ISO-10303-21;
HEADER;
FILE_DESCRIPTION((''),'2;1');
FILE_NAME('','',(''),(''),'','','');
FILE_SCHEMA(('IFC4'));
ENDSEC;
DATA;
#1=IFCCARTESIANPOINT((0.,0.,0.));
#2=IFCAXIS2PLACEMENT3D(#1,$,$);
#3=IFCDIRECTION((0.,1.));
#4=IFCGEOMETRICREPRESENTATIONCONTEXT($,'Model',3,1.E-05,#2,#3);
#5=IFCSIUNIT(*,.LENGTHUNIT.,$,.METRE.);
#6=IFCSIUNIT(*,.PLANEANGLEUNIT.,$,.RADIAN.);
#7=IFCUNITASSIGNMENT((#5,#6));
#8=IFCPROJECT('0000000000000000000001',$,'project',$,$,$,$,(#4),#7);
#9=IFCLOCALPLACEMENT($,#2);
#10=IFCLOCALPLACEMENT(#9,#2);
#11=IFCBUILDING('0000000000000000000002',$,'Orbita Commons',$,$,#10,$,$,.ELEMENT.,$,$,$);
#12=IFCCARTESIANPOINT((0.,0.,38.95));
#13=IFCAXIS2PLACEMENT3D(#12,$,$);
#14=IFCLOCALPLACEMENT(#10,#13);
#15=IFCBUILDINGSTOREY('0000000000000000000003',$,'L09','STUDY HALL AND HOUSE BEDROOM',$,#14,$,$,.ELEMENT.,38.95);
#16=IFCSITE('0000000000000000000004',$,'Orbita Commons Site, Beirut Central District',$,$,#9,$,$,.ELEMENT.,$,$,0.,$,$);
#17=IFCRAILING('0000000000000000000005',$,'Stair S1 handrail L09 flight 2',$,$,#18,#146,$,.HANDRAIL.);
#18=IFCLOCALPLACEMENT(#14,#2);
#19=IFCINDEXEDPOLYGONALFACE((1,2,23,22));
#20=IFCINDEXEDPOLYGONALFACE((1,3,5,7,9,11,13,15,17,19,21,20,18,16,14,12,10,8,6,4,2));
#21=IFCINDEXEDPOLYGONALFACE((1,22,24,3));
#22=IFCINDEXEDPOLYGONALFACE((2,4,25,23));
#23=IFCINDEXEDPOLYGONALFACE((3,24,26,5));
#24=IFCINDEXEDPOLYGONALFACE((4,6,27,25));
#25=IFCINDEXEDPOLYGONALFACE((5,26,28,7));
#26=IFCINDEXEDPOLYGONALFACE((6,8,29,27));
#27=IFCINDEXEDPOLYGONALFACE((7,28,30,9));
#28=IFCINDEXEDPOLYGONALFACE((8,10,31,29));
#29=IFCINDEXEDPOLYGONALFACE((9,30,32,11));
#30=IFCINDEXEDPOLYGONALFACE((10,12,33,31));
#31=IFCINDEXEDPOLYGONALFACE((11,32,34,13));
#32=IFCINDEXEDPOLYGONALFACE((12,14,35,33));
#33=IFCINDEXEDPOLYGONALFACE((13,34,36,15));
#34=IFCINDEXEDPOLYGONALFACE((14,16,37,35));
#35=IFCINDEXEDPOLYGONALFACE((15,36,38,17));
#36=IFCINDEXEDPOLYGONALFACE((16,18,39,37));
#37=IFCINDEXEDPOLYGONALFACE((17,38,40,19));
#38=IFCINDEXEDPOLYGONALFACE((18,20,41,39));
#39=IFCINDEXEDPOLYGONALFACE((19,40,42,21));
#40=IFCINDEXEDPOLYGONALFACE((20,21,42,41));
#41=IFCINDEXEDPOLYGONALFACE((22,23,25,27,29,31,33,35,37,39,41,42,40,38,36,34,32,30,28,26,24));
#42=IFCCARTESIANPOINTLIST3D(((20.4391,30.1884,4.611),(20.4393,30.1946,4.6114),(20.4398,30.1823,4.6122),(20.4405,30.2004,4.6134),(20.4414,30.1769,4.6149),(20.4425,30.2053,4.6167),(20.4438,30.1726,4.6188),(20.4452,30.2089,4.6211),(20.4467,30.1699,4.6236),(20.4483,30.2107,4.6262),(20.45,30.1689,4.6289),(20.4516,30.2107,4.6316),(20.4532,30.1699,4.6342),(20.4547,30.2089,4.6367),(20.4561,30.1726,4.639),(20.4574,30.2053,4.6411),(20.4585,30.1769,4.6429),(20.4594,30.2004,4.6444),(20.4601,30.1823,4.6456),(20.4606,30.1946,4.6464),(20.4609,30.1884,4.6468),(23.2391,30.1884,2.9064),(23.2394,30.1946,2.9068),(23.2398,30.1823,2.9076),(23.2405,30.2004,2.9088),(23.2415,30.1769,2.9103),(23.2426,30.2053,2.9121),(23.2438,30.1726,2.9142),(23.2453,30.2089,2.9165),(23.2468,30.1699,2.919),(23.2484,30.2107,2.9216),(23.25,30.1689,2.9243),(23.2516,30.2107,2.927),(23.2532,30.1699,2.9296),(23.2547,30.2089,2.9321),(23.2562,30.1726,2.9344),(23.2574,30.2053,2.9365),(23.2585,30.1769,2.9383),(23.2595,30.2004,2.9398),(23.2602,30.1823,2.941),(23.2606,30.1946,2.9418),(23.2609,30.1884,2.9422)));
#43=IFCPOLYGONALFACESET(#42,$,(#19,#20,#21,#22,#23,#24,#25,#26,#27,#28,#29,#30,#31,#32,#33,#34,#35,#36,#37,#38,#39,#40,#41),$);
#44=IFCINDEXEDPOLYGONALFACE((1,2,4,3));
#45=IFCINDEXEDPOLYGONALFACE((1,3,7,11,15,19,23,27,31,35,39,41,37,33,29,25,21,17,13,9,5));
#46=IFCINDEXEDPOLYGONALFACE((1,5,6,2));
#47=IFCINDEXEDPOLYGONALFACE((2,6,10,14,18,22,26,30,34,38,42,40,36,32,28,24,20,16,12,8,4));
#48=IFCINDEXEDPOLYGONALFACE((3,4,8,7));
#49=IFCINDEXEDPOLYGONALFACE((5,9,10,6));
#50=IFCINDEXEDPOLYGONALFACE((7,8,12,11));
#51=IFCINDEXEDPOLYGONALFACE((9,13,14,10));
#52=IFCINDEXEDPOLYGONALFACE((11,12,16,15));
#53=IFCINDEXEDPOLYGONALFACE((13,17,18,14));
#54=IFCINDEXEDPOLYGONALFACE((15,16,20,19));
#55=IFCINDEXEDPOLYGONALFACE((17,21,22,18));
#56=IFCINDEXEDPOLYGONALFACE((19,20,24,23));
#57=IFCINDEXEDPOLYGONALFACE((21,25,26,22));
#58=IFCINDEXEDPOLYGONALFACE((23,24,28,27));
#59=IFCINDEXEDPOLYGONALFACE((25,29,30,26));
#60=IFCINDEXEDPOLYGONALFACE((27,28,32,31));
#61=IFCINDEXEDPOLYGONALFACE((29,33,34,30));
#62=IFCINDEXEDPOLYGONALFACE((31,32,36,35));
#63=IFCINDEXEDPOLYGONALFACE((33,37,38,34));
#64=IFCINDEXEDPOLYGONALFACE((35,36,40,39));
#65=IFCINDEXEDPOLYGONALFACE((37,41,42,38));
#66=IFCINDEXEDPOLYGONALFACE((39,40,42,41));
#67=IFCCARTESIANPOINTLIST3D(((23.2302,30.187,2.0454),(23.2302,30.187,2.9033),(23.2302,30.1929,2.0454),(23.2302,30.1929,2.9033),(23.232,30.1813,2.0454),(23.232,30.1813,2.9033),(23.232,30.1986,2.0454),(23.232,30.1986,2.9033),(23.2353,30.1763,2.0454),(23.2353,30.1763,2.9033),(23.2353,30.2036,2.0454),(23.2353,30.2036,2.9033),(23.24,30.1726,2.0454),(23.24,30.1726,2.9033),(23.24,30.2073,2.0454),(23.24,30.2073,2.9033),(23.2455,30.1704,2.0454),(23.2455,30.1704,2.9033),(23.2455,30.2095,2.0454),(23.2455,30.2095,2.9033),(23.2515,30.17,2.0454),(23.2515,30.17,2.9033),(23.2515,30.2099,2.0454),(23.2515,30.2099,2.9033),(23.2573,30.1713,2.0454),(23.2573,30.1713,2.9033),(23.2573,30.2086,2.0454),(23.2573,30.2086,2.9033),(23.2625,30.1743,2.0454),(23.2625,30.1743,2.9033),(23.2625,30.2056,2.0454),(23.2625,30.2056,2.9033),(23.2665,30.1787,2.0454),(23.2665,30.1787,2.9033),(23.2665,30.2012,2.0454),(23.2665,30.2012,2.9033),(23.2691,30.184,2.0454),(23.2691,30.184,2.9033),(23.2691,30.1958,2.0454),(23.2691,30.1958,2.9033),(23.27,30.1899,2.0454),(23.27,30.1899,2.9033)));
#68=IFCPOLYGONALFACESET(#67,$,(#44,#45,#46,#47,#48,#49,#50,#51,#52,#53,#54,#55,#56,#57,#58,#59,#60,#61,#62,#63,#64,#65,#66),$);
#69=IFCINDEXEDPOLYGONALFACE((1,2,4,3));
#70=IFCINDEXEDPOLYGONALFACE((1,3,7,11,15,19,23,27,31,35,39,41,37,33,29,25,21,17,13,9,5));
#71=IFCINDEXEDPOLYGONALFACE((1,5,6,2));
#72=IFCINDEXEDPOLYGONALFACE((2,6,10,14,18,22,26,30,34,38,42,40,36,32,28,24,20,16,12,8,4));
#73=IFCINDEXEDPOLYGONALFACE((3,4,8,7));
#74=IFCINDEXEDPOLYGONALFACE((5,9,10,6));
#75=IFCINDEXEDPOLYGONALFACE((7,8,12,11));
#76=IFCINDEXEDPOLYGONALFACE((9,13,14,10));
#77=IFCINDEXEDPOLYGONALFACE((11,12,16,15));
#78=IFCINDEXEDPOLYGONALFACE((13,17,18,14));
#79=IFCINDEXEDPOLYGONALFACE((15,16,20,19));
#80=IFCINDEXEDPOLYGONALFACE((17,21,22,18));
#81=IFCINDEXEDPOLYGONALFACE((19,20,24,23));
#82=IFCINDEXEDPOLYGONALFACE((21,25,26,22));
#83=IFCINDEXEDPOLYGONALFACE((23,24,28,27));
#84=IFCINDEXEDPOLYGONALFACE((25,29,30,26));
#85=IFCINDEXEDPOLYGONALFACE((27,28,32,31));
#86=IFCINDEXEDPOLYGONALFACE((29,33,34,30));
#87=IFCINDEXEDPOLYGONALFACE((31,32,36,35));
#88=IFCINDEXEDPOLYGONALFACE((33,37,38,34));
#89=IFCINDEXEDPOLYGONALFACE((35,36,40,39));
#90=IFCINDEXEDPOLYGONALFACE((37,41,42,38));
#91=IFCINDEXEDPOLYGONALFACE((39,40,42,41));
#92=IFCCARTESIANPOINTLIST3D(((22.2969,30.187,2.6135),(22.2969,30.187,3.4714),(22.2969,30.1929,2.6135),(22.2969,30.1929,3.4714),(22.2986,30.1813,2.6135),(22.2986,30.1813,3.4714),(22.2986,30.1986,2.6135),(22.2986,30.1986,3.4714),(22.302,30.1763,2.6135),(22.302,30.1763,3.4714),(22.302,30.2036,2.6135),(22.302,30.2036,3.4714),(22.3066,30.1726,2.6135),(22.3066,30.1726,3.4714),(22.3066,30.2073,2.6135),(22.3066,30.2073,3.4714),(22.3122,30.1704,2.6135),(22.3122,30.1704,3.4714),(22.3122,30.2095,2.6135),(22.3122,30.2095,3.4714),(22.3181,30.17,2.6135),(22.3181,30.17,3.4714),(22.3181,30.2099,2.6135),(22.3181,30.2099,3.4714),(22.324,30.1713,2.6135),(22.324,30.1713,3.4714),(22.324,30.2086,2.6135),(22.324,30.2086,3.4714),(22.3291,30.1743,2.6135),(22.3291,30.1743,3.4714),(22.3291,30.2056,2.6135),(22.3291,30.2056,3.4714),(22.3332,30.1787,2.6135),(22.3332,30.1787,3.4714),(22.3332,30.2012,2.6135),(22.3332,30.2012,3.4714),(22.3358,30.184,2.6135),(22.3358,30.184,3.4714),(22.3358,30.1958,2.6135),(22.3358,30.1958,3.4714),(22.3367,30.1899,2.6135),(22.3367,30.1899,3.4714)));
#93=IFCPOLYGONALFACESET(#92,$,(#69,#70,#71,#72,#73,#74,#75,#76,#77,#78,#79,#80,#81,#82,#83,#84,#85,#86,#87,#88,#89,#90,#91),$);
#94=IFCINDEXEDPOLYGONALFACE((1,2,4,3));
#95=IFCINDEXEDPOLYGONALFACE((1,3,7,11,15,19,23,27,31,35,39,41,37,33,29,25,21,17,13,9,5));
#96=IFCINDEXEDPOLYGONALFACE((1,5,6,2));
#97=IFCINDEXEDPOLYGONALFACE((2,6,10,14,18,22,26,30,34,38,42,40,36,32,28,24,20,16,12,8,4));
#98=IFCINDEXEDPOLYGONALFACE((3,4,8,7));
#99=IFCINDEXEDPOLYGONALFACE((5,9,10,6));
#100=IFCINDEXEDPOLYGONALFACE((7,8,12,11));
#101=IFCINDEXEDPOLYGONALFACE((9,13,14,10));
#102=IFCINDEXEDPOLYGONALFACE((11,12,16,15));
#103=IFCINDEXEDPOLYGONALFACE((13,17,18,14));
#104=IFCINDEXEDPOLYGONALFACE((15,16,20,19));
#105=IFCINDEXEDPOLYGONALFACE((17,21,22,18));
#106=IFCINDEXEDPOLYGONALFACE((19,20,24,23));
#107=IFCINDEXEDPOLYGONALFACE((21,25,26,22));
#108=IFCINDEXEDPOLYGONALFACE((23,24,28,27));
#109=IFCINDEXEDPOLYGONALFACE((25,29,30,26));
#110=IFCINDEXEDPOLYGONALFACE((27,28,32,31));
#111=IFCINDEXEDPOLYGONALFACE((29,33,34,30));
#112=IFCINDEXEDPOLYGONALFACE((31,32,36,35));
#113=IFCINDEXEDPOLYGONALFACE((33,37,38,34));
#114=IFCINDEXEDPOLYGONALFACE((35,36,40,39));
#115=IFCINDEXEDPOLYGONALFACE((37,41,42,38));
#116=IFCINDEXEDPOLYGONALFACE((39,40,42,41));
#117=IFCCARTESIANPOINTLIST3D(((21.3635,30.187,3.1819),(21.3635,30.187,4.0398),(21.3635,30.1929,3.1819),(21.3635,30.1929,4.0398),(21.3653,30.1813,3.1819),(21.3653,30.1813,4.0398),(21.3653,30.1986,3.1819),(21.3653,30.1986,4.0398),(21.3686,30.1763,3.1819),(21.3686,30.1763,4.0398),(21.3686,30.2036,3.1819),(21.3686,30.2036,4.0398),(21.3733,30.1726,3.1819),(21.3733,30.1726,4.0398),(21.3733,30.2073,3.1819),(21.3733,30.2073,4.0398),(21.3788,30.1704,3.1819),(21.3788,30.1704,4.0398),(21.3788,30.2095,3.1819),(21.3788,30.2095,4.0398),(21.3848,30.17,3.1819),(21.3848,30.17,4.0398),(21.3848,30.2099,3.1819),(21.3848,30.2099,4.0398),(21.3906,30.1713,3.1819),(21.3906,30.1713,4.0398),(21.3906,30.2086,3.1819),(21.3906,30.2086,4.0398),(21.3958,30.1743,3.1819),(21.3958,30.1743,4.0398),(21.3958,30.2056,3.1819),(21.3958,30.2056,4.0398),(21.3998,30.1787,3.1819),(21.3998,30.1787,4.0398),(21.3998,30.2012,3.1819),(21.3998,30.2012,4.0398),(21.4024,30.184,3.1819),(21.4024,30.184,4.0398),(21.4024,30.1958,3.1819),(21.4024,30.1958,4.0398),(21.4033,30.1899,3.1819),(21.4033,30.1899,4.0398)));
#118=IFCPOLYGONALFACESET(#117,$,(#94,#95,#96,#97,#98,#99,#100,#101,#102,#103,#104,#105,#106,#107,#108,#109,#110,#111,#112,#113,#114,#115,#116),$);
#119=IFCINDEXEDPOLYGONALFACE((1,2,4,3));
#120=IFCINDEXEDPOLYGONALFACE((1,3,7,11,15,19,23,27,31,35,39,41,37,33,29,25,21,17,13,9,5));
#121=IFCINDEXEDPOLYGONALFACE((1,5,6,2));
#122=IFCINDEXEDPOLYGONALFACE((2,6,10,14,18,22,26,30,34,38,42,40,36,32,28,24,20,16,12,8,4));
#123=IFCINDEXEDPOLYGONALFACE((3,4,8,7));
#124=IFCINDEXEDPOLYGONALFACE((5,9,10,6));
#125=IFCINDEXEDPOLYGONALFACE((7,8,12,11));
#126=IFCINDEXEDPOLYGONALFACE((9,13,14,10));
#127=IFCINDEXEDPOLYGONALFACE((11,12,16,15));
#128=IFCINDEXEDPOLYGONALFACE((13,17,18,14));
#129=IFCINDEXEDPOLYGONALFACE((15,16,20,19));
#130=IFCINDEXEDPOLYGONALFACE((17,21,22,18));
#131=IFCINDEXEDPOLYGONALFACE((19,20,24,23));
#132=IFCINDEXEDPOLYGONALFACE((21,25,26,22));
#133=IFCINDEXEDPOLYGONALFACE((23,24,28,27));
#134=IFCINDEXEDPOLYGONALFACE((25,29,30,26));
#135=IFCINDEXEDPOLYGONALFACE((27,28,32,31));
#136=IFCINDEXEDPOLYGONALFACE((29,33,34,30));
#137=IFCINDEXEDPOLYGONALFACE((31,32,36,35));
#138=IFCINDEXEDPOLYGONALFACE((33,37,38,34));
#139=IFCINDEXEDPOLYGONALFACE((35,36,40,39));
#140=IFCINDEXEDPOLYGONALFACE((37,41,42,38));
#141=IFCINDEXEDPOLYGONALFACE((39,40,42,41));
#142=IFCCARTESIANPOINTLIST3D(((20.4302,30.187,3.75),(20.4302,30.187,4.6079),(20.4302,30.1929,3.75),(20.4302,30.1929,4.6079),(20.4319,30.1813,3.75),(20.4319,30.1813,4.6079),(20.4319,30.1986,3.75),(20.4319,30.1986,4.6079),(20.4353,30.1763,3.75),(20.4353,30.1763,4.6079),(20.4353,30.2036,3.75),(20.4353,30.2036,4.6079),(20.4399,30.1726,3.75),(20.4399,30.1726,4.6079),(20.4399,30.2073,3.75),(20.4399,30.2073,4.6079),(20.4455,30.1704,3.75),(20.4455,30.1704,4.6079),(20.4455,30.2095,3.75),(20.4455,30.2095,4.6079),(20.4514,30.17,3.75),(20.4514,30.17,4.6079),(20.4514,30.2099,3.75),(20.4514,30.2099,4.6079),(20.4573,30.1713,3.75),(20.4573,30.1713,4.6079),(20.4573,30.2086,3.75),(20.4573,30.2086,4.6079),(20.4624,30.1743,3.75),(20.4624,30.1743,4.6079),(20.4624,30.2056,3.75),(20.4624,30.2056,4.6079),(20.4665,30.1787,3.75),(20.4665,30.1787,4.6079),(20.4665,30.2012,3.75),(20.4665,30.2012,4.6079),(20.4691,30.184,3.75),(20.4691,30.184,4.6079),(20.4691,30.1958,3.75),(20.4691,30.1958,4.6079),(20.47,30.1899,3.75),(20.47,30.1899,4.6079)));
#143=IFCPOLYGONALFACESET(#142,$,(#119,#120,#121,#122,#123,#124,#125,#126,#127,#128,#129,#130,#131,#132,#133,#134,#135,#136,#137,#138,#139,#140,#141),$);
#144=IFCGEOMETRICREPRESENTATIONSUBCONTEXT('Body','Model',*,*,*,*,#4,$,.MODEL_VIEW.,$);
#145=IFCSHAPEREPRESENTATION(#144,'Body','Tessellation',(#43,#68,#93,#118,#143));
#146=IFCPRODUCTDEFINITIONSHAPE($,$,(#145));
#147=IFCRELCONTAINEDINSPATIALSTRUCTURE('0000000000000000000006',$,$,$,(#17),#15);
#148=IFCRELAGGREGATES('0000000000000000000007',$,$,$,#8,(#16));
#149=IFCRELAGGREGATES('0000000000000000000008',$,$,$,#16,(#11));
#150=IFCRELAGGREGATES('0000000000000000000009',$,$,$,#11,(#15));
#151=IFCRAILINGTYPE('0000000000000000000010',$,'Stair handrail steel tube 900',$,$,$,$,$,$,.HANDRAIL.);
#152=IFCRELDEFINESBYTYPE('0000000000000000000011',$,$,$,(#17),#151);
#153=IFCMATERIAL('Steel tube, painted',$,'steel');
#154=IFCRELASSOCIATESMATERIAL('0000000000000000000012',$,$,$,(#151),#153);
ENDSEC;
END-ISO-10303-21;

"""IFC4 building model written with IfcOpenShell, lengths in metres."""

from ifc_helpers import new_model, si_unit, direction, frame, origin, origin_2d, place, context, subcontext, project, spatial, circle, extrude, material, type_object, element, save


model = new_model("IFC4")

# Units and contexts
model_context = context("Model", 3, precision=1e-05, world=origin(), true_north=direction((0.0, 1.0)))
body_context = subcontext(model_context, "Body", "Model", "MODEL_VIEW")
ifc_project = project(units=[si_unit("LENGTHUNIT", "METRE"), si_unit("PLANEANGLEUNIT", "RADIAN")], contexts=[model_context])

# Site, building, storey
site_placement = place(None, origin())
site = spatial("IfcSite", under=ifc_project, at=site_placement, Name="Orbita Commons Site, Beirut Central District", CompositionType="ELEMENT", RefElevation=0.0)
building_placement = place(site_placement, origin())
building = spatial("IfcBuilding", under=site, at=building_placement, Name="Orbita Commons", CompositionType="ELEMENT")
storey_placement = place(building_placement, frame((0.0, 0.0, 38.95)))
storey = spatial("IfcBuildingStorey", under=building, at=storey_placement, Name="L09", Description="STUDY HALL AND HOUSE BEDROOM", CompositionType="ELEMENT", Elevation=38.95)

# Railing
ifc_material_1 = material(Name="Steel tube, painted", Category="steel")
railing_type = type_object("IfcRailingType", Name="Stair handrail steel tube 900", PredefinedType="HANDRAIL", material=ifc_material_1)
railing_placement = place(storey_placement, frame((23.25, 30.1899, 2.0454)))
element("IfcRailing", 1, at=railing_placement, inside=storey, type_object=railing_type, Name="Stair S1 handrail L09 flight 2", PredefinedType="HANDRAIL", context=body_context, shape_type="SweptSolid", body=[
    extrude(circle(Radius=0.021, at=origin_2d()), frame((0.0, 0.0, 0.8789), z_axis=(-0.85417, 0.0, 0.519994), x_axis=(0.0, -1.0, 0.0)), (0.0, 0.0, 1.0), 3.2781),
    extrude(circle(Radius=0.02, at=origin_2d()), origin(), (0.0, 0.0, 1.0), 0.8579),
    extrude(circle(Radius=0.02, at=origin_2d()), frame((-0.9333, 0.0, 0.5681)), (0.0, 0.0, 1.0), 0.8579),
    extrude(circle(Radius=0.02, at=origin_2d()), frame((-1.8667, 0.0, 1.1365)), (0.0, 0.0, 1.0), 0.8579),
    extrude(circle(Radius=0.02, at=origin_2d()), frame((-2.8, 0.0, 1.7046)), (0.0, 0.0, 1.0), 0.8579),
])

save(model, "model.ifc")
